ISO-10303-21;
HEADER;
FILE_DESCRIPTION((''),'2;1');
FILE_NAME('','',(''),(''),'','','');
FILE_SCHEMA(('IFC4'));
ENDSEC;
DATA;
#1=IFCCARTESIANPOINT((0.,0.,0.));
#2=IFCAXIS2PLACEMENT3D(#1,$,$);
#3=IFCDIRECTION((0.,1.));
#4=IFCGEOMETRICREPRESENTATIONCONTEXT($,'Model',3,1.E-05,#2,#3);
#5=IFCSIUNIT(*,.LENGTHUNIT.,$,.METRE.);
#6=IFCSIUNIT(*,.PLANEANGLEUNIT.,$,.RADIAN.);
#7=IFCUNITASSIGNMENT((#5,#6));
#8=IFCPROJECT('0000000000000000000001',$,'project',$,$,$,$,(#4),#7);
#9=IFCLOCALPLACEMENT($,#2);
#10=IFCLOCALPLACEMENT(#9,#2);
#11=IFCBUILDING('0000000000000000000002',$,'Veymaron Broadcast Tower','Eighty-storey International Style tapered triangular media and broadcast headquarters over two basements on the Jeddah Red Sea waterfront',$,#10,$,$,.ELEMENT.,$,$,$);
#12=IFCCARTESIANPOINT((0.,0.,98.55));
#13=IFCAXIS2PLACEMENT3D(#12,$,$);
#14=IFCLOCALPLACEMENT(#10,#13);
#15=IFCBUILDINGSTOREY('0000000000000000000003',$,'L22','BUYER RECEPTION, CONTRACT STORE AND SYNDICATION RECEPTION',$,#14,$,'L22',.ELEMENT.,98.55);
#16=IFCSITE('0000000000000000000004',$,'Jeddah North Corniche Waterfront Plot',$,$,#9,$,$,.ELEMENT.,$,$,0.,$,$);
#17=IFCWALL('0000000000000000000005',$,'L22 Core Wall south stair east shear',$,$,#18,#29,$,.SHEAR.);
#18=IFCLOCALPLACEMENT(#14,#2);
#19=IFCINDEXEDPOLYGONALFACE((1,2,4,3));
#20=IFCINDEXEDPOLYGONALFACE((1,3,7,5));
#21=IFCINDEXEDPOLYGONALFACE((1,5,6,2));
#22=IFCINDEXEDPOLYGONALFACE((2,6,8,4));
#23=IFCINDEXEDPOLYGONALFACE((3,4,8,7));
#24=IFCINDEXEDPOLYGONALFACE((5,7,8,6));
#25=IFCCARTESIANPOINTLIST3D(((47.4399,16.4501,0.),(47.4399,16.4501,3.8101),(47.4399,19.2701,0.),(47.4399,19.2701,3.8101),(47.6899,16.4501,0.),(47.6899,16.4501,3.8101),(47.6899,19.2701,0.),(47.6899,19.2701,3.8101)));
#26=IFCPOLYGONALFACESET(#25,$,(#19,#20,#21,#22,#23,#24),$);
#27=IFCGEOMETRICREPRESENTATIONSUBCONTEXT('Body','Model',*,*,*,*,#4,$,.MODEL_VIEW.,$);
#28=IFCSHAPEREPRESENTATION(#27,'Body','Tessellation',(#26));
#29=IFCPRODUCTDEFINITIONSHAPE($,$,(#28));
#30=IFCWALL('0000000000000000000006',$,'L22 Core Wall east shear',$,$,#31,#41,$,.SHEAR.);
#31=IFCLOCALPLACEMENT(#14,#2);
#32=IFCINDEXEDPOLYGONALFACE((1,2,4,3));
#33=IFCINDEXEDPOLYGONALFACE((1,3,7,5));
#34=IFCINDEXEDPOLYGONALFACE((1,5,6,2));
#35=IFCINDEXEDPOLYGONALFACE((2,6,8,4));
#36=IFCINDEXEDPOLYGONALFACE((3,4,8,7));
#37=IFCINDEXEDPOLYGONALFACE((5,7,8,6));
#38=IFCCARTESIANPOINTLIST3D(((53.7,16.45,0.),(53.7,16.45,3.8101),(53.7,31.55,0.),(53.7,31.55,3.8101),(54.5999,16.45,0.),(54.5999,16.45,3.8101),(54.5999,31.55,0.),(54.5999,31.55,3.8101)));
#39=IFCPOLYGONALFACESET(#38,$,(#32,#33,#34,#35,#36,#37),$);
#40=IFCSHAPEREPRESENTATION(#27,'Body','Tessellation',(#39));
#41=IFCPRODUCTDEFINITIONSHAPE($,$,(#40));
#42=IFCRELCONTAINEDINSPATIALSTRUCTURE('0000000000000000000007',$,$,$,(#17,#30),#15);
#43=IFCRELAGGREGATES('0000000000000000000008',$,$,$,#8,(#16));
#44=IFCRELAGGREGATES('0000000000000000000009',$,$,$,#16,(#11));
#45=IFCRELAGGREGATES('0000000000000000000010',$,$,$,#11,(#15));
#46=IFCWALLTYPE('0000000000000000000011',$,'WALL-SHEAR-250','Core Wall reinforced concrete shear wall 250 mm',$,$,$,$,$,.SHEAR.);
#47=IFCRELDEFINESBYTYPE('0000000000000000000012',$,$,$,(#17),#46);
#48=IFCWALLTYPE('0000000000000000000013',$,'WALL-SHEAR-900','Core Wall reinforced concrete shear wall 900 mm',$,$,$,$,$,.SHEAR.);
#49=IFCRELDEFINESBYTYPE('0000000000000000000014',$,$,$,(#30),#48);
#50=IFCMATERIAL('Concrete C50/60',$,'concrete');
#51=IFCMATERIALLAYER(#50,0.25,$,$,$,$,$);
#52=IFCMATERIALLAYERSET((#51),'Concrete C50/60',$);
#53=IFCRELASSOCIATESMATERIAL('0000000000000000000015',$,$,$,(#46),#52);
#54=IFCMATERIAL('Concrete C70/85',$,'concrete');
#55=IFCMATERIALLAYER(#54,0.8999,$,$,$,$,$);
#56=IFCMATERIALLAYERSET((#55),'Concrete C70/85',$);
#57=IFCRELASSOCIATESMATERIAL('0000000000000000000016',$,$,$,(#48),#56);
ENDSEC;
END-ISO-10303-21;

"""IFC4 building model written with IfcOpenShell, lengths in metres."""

from ifc_helpers import new_model, si_unit, direction, frame, frame_2d, origin, place, context, subcontext, project, spatial, rectangle, extrude, material, layer, layer_set, type_object, element, save


model = new_model("IFC4")

# Units and contexts
model_context = context("Model", 3, precision=1e-05, world=origin(), true_north=direction((0.0, 1.0)))
body_context = subcontext(model_context, "Body", "Model", "MODEL_VIEW")
ifc_project = project(units=[si_unit("LENGTHUNIT", "METRE"), si_unit("PLANEANGLEUNIT", "RADIAN")], contexts=[model_context])

# Site, building, storey
site_placement = place(None, origin())
site = spatial("IfcSite", under=ifc_project, at=site_placement, Name="Jeddah North Corniche Waterfront Plot", CompositionType="ELEMENT", RefElevation=0.0)
building_placement = place(site_placement, origin())
building = spatial("IfcBuilding", under=site, at=building_placement, Name="Veymaron Broadcast Tower", Description="Eighty-storey International Style tapered triangular media and broadcast headquarters over two basements on the Jeddah Red Sea waterfront", CompositionType="ELEMENT")
storey_placement = place(building_placement, frame((0.0, 0.0, 98.55)))
storey = spatial("IfcBuildingStorey", under=building, at=storey_placement, Name="L22", Description="BUYER RECEPTION, CONTRACT STORE AND SYNDICATION RECEPTION", LongName="L22", CompositionType="ELEMENT", Elevation=98.55)

# Walls
ifc_material_1 = material(Name="Concrete C50/60", Category="concrete")
ifc_layer_1 = layer(ifc_material_1, 0.25)
ifc_layer_set_1 = layer_set([ifc_layer_1], Name="Concrete C50/60")
wall_type_1 = type_object("IfcWallType", Name="WALL-SHEAR-250", Description="Core Wall reinforced concrete shear wall 250 mm", PredefinedType="SHEAR", material=ifc_layer_set_1)
wall_1_placement = place(storey_placement, frame((47.5649, 16.45, 0.0), z_axis=(0.0, 0.0, 1.0), x_axis=(0.0, 1.0, 0.0)))
element("IfcWall", 1, at=wall_1_placement, inside=storey, type_object=wall_type_1, Name="L22 Core Wall south stair east shear", PredefinedType="SHEAR", context=body_context, shape_type="SweptSolid", body=[
    extrude(rectangle(XDim=2.8201, YDim=0.25, at=frame_2d((1.4102, 0.0))), origin(), (0.0, 0.0, 1.0), 3.8101),
])
ifc_material_2 = material(Name="Concrete C70/85", Category="concrete")
ifc_layer_2 = layer(ifc_material_2, 0.8999)
ifc_layer_set_2 = layer_set([ifc_layer_2], Name="Concrete C70/85")
wall_type_2 = type_object("IfcWallType", Name="WALL-SHEAR-900", Description="Core Wall reinforced concrete shear wall 900 mm", PredefinedType="SHEAR", material=ifc_layer_set_2)
wall_2_placement = place(storey_placement, frame((54.1499, 16.45, 0.0), z_axis=(0.0, 0.0, 1.0), x_axis=(0.0, 1.0, 0.0)))
element("IfcWall", 2, at=wall_2_placement, inside=storey, type_object=wall_type_2, Name="L22 Core Wall east shear", PredefinedType="SHEAR", context=body_context, shape_type="SweptSolid", body=[
    extrude(rectangle(XDim=15.1001, YDim=0.8999, at=frame_2d((7.55, 0.0))), origin(), (0.0, 0.0, 1.0), 3.8101),
])

save(model, "model.ifc")
